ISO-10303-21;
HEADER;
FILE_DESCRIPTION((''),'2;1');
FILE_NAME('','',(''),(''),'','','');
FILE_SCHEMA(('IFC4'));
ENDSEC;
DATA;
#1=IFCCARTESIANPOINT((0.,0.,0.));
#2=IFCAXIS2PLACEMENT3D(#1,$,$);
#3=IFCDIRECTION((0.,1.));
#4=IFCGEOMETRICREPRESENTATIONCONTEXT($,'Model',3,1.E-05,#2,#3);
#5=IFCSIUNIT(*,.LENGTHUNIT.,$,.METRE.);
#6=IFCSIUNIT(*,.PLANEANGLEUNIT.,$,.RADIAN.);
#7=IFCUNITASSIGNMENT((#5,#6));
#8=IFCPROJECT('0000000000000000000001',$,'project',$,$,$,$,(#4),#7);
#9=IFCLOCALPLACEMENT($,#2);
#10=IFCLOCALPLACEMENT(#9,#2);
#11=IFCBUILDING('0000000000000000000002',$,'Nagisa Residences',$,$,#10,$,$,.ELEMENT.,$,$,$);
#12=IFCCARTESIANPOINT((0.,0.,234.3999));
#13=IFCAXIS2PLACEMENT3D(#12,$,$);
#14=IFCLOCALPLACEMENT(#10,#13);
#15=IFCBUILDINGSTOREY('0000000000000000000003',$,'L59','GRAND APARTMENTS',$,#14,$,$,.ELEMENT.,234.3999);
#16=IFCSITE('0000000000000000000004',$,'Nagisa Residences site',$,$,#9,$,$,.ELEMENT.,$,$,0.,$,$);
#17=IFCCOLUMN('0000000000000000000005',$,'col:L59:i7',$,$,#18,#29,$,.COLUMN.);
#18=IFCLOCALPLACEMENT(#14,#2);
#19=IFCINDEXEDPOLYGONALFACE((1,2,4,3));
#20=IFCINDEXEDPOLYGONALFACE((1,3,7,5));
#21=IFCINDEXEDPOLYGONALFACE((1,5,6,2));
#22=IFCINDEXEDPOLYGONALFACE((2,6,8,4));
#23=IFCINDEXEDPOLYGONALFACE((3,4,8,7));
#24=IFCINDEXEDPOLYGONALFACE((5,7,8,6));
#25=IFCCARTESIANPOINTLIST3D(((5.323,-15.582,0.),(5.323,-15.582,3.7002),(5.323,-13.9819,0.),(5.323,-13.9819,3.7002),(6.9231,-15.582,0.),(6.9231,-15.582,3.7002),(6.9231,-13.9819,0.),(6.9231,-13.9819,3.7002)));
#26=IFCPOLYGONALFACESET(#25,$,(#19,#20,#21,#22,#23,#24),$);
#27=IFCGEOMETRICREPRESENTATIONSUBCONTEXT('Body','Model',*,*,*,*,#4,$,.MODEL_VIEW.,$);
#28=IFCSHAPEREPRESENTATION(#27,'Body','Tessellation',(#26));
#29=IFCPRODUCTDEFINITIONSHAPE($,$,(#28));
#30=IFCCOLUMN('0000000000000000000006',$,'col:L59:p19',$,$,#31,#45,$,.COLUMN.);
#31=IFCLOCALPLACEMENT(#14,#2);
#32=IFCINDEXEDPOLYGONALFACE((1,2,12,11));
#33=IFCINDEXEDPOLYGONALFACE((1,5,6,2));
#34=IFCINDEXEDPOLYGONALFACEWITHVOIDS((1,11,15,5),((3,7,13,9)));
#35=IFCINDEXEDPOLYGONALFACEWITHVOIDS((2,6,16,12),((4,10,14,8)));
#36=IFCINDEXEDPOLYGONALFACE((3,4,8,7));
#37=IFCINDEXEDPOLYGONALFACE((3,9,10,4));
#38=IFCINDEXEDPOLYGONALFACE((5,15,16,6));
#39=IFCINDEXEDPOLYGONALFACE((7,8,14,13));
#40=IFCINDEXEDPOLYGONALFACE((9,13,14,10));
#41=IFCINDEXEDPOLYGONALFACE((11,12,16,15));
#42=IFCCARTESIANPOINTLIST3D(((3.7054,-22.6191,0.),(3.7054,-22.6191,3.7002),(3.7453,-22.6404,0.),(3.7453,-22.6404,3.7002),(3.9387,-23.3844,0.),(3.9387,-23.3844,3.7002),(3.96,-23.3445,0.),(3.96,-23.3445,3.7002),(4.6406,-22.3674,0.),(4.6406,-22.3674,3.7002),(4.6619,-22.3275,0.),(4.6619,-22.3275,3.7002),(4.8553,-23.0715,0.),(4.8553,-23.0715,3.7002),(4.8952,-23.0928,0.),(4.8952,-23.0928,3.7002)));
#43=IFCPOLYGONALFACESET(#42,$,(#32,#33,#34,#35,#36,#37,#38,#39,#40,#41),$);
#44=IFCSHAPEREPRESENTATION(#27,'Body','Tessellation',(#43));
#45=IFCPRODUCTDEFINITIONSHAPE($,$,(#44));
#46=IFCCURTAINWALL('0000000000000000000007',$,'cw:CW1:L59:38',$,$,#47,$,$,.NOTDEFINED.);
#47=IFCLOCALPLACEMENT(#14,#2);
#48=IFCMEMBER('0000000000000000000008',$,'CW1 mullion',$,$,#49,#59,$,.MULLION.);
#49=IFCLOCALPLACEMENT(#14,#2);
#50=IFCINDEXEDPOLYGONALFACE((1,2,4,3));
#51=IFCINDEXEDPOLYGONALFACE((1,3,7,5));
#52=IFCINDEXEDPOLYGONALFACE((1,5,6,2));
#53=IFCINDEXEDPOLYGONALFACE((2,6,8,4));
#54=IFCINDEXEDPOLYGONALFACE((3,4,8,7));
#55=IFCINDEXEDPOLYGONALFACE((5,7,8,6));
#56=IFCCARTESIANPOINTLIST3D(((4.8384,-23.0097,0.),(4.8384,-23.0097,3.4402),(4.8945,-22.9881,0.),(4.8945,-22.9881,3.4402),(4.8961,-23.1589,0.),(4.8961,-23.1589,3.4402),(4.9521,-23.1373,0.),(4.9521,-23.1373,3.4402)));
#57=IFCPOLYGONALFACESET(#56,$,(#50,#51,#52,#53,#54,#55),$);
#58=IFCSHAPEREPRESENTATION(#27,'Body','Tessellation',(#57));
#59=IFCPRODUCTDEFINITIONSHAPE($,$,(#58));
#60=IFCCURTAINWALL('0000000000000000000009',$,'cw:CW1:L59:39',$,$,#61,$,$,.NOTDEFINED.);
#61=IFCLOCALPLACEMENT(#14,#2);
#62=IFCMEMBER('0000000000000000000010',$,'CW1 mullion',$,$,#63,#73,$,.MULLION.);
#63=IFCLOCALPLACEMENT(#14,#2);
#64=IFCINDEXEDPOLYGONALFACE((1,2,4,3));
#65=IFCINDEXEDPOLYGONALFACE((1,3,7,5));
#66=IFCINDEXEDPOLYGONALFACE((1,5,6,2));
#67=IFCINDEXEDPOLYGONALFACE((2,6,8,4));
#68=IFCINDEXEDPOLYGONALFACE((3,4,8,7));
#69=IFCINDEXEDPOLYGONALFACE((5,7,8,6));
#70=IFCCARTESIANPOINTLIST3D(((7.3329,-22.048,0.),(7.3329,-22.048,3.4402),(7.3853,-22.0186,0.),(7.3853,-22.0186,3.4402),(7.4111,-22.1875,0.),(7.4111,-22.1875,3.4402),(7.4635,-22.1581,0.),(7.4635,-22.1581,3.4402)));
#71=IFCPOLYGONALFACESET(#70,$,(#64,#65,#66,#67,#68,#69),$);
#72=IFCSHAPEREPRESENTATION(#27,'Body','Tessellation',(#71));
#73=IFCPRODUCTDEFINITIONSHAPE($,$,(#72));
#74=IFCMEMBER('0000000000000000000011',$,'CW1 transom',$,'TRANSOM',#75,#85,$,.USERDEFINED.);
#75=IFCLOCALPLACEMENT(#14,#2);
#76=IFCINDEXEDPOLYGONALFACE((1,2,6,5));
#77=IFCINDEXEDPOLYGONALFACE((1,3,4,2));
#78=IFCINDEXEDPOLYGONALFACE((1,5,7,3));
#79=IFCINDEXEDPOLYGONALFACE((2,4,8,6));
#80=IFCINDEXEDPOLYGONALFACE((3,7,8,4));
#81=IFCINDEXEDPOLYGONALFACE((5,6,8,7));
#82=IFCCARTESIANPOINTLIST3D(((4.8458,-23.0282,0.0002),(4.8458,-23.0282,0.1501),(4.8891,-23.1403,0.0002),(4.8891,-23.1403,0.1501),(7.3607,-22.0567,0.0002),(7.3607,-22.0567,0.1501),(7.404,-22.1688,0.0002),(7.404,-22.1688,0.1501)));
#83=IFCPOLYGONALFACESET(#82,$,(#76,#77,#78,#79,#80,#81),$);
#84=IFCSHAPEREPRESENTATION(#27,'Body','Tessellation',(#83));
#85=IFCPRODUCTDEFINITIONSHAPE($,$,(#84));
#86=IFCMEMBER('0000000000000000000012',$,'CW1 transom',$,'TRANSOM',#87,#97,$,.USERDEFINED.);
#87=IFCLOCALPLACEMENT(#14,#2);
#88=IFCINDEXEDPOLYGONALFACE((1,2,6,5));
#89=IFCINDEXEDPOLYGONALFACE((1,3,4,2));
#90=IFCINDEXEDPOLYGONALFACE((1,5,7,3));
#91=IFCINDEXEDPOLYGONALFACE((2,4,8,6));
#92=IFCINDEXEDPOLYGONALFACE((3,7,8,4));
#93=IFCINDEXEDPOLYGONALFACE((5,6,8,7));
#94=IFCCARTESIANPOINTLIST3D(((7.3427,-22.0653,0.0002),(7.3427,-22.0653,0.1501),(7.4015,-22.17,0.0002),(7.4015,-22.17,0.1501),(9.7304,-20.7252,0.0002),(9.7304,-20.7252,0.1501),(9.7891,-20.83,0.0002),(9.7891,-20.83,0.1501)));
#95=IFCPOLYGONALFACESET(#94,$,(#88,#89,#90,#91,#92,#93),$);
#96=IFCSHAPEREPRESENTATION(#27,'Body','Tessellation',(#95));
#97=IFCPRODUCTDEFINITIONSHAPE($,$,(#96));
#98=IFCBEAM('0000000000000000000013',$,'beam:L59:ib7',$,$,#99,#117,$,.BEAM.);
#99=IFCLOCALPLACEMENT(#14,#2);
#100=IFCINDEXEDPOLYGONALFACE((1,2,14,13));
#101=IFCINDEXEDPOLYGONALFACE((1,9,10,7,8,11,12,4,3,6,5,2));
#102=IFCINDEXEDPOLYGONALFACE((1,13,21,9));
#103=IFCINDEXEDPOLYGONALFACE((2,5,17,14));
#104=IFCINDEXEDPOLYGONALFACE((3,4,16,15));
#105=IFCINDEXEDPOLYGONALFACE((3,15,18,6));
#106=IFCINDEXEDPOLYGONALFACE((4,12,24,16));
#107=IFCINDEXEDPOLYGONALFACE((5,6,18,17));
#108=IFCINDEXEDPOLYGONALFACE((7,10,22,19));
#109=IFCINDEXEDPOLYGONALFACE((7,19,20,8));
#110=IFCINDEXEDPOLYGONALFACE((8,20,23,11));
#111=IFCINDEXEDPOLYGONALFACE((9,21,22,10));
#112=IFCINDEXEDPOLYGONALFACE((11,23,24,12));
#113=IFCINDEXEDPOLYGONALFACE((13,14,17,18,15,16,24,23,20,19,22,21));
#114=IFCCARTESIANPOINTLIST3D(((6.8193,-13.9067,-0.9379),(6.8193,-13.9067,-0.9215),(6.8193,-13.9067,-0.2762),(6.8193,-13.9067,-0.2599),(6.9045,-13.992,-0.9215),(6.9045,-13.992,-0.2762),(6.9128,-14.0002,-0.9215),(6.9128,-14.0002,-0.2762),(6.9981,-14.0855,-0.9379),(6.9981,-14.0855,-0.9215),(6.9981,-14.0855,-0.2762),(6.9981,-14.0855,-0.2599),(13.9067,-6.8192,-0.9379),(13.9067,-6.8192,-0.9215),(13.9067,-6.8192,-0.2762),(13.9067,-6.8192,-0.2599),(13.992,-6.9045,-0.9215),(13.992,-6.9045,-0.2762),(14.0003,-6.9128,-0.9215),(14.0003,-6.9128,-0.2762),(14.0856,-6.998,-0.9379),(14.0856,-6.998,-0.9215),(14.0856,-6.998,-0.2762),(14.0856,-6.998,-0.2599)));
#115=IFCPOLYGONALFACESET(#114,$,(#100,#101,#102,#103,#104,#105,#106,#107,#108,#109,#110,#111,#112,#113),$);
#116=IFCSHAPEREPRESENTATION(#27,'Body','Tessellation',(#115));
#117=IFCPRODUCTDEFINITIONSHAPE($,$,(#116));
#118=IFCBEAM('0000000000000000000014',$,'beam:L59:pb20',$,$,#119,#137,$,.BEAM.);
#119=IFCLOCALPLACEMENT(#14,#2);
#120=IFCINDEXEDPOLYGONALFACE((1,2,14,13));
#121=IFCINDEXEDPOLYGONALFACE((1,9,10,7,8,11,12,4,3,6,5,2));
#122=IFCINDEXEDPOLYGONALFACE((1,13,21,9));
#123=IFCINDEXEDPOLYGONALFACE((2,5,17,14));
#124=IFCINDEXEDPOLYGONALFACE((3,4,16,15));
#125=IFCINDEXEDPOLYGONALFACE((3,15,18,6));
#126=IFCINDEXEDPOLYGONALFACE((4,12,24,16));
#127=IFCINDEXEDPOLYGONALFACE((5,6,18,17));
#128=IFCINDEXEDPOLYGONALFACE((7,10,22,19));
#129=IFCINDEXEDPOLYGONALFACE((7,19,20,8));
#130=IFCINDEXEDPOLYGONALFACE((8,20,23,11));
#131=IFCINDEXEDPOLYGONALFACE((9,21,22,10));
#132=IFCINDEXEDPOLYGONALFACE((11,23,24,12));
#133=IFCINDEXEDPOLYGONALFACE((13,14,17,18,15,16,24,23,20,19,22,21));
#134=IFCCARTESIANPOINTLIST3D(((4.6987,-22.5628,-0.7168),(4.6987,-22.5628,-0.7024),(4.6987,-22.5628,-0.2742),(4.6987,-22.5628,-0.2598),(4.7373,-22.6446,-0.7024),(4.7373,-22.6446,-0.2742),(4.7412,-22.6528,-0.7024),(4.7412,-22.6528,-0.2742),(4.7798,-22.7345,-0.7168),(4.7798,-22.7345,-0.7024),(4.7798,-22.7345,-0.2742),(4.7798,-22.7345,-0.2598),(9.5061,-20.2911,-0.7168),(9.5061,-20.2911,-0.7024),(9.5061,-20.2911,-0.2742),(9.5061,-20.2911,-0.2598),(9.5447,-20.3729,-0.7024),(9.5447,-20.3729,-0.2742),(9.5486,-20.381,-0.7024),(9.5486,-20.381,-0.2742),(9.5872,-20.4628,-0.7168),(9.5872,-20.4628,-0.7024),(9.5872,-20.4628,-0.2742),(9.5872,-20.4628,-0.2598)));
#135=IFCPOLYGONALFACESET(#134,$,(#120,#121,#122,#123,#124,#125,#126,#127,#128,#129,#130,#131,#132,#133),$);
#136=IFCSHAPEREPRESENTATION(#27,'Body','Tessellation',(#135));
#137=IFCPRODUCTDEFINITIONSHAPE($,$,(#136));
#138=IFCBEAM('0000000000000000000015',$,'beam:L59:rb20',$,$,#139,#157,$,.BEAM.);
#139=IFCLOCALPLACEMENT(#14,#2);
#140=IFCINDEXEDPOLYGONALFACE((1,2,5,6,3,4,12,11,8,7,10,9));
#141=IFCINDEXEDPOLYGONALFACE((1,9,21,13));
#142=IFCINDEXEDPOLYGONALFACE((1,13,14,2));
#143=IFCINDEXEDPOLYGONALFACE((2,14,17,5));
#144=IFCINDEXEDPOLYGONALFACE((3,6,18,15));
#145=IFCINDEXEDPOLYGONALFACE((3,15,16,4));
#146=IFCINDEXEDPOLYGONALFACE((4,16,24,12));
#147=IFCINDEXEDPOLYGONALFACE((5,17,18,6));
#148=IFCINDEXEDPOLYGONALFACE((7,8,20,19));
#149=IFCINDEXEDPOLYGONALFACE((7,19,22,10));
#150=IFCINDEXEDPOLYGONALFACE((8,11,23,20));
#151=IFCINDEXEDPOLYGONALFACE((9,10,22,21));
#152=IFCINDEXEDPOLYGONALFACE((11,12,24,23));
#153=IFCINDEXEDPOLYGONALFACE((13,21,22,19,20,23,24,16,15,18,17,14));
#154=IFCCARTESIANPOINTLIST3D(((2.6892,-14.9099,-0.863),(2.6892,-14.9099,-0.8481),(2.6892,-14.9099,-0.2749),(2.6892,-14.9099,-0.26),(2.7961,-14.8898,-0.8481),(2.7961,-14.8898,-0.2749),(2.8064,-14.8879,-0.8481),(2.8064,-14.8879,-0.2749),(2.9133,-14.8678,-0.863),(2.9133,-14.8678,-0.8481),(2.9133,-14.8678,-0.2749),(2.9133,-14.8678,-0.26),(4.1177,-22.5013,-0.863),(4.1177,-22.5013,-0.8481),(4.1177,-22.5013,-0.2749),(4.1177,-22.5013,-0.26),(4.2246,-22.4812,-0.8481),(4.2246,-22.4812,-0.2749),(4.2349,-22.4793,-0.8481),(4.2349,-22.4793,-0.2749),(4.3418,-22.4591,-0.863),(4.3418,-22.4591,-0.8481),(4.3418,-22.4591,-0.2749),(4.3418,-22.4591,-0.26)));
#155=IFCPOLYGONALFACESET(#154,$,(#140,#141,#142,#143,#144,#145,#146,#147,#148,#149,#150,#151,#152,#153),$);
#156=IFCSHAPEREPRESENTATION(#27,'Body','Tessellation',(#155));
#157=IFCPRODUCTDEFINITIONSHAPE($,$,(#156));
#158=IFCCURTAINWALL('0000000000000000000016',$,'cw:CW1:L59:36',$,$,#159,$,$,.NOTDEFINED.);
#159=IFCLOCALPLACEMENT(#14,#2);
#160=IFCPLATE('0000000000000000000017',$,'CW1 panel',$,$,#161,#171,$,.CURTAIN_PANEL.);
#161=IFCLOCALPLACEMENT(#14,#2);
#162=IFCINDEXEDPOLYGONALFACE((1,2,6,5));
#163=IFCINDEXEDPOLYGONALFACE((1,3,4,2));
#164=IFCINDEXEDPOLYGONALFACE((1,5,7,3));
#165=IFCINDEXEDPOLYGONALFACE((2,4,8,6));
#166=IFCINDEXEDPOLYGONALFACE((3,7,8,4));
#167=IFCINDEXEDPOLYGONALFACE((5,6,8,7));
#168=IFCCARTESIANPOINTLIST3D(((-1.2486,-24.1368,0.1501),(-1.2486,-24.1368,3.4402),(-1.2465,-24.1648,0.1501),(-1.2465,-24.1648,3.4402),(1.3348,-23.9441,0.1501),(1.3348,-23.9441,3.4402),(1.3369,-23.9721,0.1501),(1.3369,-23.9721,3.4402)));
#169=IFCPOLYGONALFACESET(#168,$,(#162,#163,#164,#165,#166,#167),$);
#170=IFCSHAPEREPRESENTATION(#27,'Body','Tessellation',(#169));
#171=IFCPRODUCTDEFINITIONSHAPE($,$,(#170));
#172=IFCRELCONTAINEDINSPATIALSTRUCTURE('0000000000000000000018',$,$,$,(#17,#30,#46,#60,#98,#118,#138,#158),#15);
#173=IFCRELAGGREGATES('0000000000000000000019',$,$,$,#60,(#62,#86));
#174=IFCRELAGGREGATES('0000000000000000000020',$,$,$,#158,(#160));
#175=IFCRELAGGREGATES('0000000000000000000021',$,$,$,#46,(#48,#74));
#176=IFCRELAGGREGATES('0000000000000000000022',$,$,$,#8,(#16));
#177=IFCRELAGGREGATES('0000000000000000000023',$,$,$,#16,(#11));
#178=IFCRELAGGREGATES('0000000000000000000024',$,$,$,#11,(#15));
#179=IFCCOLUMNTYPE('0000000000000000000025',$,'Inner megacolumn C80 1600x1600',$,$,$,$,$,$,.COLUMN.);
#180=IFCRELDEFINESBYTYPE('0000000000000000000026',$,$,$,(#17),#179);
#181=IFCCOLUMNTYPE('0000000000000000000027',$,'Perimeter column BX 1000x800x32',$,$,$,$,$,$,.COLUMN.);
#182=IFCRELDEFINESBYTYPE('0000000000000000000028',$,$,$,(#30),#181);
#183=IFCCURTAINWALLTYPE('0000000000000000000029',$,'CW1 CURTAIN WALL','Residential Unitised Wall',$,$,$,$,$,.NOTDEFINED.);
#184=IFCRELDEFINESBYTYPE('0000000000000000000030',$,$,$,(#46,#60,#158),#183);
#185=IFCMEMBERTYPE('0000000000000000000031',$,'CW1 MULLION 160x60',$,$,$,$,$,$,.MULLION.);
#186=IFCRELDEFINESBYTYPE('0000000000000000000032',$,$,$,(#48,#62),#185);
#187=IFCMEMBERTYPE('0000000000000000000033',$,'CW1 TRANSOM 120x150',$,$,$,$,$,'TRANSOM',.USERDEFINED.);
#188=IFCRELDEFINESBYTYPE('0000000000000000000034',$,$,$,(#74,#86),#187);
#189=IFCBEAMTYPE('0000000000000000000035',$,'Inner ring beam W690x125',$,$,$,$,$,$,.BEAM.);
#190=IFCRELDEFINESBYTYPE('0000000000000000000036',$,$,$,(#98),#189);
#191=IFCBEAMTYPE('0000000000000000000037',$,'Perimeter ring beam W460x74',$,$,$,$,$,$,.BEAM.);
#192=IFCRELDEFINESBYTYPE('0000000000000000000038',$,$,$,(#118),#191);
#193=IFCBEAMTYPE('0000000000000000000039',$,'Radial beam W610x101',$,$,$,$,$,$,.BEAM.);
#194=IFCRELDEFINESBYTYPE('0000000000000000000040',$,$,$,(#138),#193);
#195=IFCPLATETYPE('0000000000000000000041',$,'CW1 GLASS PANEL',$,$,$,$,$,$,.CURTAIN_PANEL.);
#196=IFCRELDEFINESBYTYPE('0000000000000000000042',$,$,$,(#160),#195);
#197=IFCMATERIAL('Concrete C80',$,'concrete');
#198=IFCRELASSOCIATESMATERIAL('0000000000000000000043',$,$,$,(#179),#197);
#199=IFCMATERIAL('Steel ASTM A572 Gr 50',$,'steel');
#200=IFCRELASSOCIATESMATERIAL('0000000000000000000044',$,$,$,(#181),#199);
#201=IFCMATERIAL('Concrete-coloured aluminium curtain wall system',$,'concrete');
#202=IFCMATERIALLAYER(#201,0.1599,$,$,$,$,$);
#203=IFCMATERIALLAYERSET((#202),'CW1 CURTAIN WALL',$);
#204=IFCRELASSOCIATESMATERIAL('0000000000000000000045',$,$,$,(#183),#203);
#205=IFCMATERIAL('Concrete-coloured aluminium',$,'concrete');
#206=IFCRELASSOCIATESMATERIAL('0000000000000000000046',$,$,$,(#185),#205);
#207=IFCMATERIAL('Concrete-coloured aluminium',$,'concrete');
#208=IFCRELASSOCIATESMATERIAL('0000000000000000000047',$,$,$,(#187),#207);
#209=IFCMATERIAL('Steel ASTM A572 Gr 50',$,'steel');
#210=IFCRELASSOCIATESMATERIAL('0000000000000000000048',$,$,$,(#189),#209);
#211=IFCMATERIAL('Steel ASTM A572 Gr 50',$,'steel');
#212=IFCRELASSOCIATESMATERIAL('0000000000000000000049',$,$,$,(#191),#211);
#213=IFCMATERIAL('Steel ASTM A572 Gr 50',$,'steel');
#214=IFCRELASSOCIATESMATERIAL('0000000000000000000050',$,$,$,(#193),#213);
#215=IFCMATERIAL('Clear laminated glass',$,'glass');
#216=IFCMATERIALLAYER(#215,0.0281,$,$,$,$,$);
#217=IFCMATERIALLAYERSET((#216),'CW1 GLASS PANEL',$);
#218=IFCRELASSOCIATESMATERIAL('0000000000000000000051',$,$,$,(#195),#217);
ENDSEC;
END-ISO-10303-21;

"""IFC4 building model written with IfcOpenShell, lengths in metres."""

from ifc_helpers import new_model, si_unit, direction, frame, origin, origin_2d, place, context, subcontext, project, spatial, rectangle, hollow_rectangle, i_section, extrude, material, layer, layer_set, material_profile, profile_set, type_object, element, aggregate, save


model = new_model("IFC4")

# Units and contexts
model_context = context("Model", 3, precision=1e-05, world=origin(), true_north=direction((0.0, 1.0)))
body_context = subcontext(model_context, "Body", "Model", "MODEL_VIEW")
ifc_project = project(units=[si_unit("LENGTHUNIT", "METRE"), si_unit("PLANEANGLEUNIT", "RADIAN")], contexts=[model_context])

# Site, building, storey
site_placement = place(None, origin())
site = spatial("IfcSite", under=ifc_project, at=site_placement, Name="Nagisa Residences site", CompositionType="ELEMENT", RefElevation=0.0)
building_placement = place(site_placement, origin())
building = spatial("IfcBuilding", under=site, at=building_placement, Name="Nagisa Residences", CompositionType="ELEMENT")
storey_placement = place(building_placement, frame((0.0, 0.0, 234.3999)))
storey = spatial("IfcBuildingStorey", under=building, at=storey_placement, Name="L59", Description="GRAND APARTMENTS", CompositionType="ELEMENT", Elevation=234.3999)

# Columns
ifc_material_1 = material(Name="Concrete C80", Category="concrete")
ifc_material_profile_1 = material_profile(ifc_material_1, rectangle(XDim=1.6001, YDim=1.6001, at=origin_2d()), Name="C80 1600x1600")
ifc_profile_set_1 = profile_set([ifc_material_profile_1], Name="Concrete C80")
column_type_1 = type_object("IfcColumnType", Name="Inner megacolumn C80 1600x1600", PredefinedType="COLUMN", material=ifc_profile_set_1)
column_1_placement = place(storey_placement, frame((6.123, -14.782, 0.0), z_axis=(0.0, 0.0, 1.0), x_axis=(1.0, 0.0, 0.0)))
element("IfcColumn", 1, at=column_1_placement, inside=storey, type_object=column_type_1, Name="col:L59:i7", PredefinedType="COLUMN", context=body_context, shape_type="SweptSolid", body=[
    extrude(rectangle(XDim=1.6001, YDim=1.6001, at=origin_2d()), origin(), (0.0, 0.0, 1.0), 3.7002),
])
ifc_material_2 = material(Name="Steel ASTM A572 Gr 50", Category="steel")
ifc_material_profile_2 = material_profile(ifc_material_2, hollow_rectangle(XDim=1.0, YDim=0.8, WallThickness=0.032, at=origin_2d()), Name="BX 1000x800x32")
ifc_profile_set_2 = profile_set([ifc_material_profile_2], Name="Steel ASTM A572 Gr 50")
column_type_2 = type_object("IfcColumnType", Name="Perimeter column BX 1000x800x32", PredefinedType="COLUMN", material=ifc_profile_set_2)
column_2_placement = place(storey_placement, frame((4.3003, -22.856, 0.0), z_axis=(0.0, 0.0, 1.0), x_axis=(0.956525, 0.291652, 0.0)))
element("IfcColumn", 2, at=column_2_placement, inside=storey, type_object=column_type_2, Name="col:L59:p19", PredefinedType="COLUMN", context=body_context, shape_type="SweptSolid", body=[
    extrude(hollow_rectangle(XDim=1.0, YDim=0.8, WallThickness=0.032, at=origin_2d()), origin(), (0.0, 0.0, 1.0), 3.7002),
])

# Curtain walls, members
ifc_material_3 = material(Name="Concrete-coloured aluminium curtain wall system", Category="concrete")
ifc_layer_1 = layer(ifc_material_3, 0.1599)
ifc_layer_set_1 = layer_set([ifc_layer_1], Name="CW1 CURTAIN WALL")
curtain_wall_type = type_object("IfcCurtainWallType", Name="CW1 CURTAIN WALL", Description="Residential Unitised Wall", PredefinedType="NOTDEFINED", material=ifc_layer_set_1)
curtain_wall_1_placement = place(storey_placement, origin())
curtain_wall_1 = element("IfcCurtainWall", 3, at=curtain_wall_1_placement, inside=storey, type_object=curtain_wall_type, Name="cw:CW1:L59:38", PredefinedType="NOTDEFINED")
ifc_material_4 = material(Name="Concrete-coloured aluminium", Category="concrete")
ifc_material_profile_3 = material_profile(ifc_material_4, rectangle(XDim=0.1599, YDim=0.0601, at=origin_2d()), Name="CW1 MULLION 160x60")
ifc_profile_set_3 = profile_set([ifc_material_profile_3], Name="Concrete-coloured aluminium")
member_type_1 = type_object("IfcMemberType", Name="CW1 MULLION 160x60", PredefinedType="MULLION", material=ifc_profile_set_3)
member_1_placement = place(storey_placement, frame((4.8953, -23.0735, 0.0), z_axis=(0.0, 0.0, 1.0), x_axis=(-0.360328, 0.932826, 0.0)))
member_1 = element("IfcMember", 4, at=member_1_placement, type_object=member_type_1, Name="CW1 mullion", PredefinedType="MULLION", context=body_context, shape_type="SweptSolid", body=[
    extrude(rectangle(XDim=0.1599, YDim=0.0601, at=origin_2d()), origin(), (0.0, 0.0, 1.0), 3.4402),
])
curtain_wall_2_placement = place(storey_placement, origin())
curtain_wall_2 = element("IfcCurtainWall", 5, at=curtain_wall_2_placement, inside=storey, type_object=curtain_wall_type, Name="cw:CW1:L59:39", PredefinedType="NOTDEFINED")
member_2_placement = place(storey_placement, frame((7.3982, -22.103, 0.0), z_axis=(0.0, 0.0, 1.0), x_axis=(-0.489377, 0.872072, 0.0)))
member_2 = element("IfcMember", 6, at=member_2_placement, type_object=member_type_1, Name="CW1 mullion", PredefinedType="MULLION", context=body_context, shape_type="SweptSolid", body=[
    extrude(rectangle(XDim=0.1599, YDim=0.0601, at=origin_2d()), origin(), (0.0, 0.0, 1.0), 3.4402),
])

# Members
ifc_material_5 = material(Name="Concrete-coloured aluminium", Category="concrete")
ifc_material_profile_4 = material_profile(ifc_material_5, rectangle(XDim=0.1201, YDim=0.1499, at=origin_2d()), Name="CW1 TRANSOM 120x150")
ifc_profile_set_4 = profile_set([ifc_material_profile_4], Name="Concrete-coloured aluminium")
member_type_2 = type_object("IfcMemberType", Name="CW1 TRANSOM 120x150", ElementType="TRANSOM", PredefinedType="USERDEFINED", material=ifc_profile_set_4)
member_3_placement = place(storey_placement, frame((4.8674, -23.0842, 0.0752), z_axis=(0.932826, 0.360326, 0.0), x_axis=(-0.360326, 0.932826, 0.0)))
member_3 = element("IfcMember", 7, at=member_3_placement, type_object=member_type_2, Name="CW1 transom", ObjectType="TRANSOM", PredefinedType="USERDEFINED", context=body_context, shape_type="SweptSolid", body=[
    extrude(rectangle(XDim=0.1201, YDim=0.1499, at=origin_2d()), origin(), (0.0, 0.0, 1.0), 2.696),
])
member_4_placement = place(storey_placement, frame((7.3721, -22.1177, 0.0752), z_axis=(0.872042, 0.489431, 0.0), x_axis=(-0.489431, 0.872042, 0.0)))
member_4 = element("IfcMember", 8, at=member_4_placement, type_object=member_type_2, Name="CW1 transom", ObjectType="TRANSOM", PredefinedType="USERDEFINED", context=body_context, shape_type="SweptSolid", body=[
    extrude(rectangle(XDim=0.1201, YDim=0.1499, at=origin_2d()), origin(), (0.0, 0.0, 1.0), 2.738),
])
aggregate(curtain_wall_2, [member_2, member_4])

# Beams
ifc_material_6 = material(Name="Steel ASTM A572 Gr 50", Category="steel")
ifc_material_profile_5 = material_profile(ifc_material_6, i_section(OverallWidth=0.2529, OverallDepth=0.678, WebThickness=0.0117, FlangeThickness=0.0164, at=origin_2d()), Name="W690x125")
ifc_profile_set_5 = profile_set([ifc_material_profile_5], Name="Steel ASTM A572 Gr 50")
beam_type_1 = type_object("IfcBeamType", Name="Inner ring beam W690x125", PredefinedType="BEAM", material=ifc_profile_set_5)
beam_1_placement = place(storey_placement, frame((6.9087, -13.9961, -0.5989), z_axis=(0.707107, 0.707107, 0.0), x_axis=(-0.707107, 0.707107, 0.0)))
element("IfcBeam", 9, at=beam_1_placement, inside=storey, type_object=beam_type_1, Name="beam:L59:ib7", PredefinedType="BEAM", context=body_context, shape_type="SweptSolid", body=[
    extrude(i_section(OverallWidth=0.2529, OverallDepth=0.678, WebThickness=0.0117, FlangeThickness=0.0164, at=origin_2d()), origin(), (0.0, 0.0, 1.0), 10.0232),
])
ifc_material_7 = material(Name="Steel ASTM A572 Gr 50", Category="steel")
ifc_material_profile_6 = material_profile(ifc_material_7, i_section(OverallWidth=0.1899, OverallDepth=0.457, WebThickness=0.009, FlangeThickness=0.0144, at=origin_2d()), Name="W460x74")
ifc_profile_set_6 = profile_set([ifc_material_profile_6], Name="Steel ASTM A572 Gr 50")
beam_type_2 = type_object("IfcBeamType", Name="Perimeter ring beam W460x74", PredefinedType="BEAM", material=ifc_profile_set_6)
beam_2_placement = place(storey_placement, frame((4.7393, -22.6487, -0.4883), z_axis=(0.904134, 0.427249, 0.0), x_axis=(-0.427249, 0.904134, 0.0)))
element("IfcBeam", 10, at=beam_2_placement, inside=storey, type_object=beam_type_2, Name="beam:L59:pb20", PredefinedType="BEAM", context=body_context, shape_type="SweptSolid", body=[
    extrude(i_section(OverallWidth=0.1899, OverallDepth=0.457, WebThickness=0.009, FlangeThickness=0.0144, at=origin_2d()), origin(), (0.0, 0.0, 1.0), 5.3171),
])
ifc_material_8 = material(Name="Steel ASTM A572 Gr 50", Category="steel")
ifc_material_profile_7 = material_profile(ifc_material_8, i_section(OverallWidth=0.228, OverallDepth=0.603, WebThickness=0.0105, FlangeThickness=0.0149, at=origin_2d()), Name="W610x101")
ifc_profile_set_7 = profile_set([ifc_material_profile_7], Name="Steel ASTM A572 Gr 50")
beam_type_3 = type_object("IfcBeamType", Name="Radial beam W610x101", PredefinedType="BEAM", material=ifc_profile_set_7)
beam_3_placement = place(storey_placement, frame((4.2297, -22.4802, -0.5615), z_axis=(-0.184926, 0.982752, 0.0), x_axis=(-0.982752, -0.184926, 0.0)))
element("IfcBeam", 11, at=beam_3_placement, inside=storey, type_object=beam_type_3, Name="beam:L59:rb20", PredefinedType="BEAM", context=body_context, shape_type="SweptSolid", body=[
    extrude(i_section(OverallWidth=0.228, OverallDepth=0.603, WebThickness=0.0105, FlangeThickness=0.0149, at=origin_2d()), origin(), (0.0, 0.0, 1.0), 7.7246),
])

# Curtain wall, plate
curtain_wall_3_placement = place(storey_placement, origin())
curtain_wall_3 = element("IfcCurtainWall", 12, at=curtain_wall_3_placement, inside=storey, type_object=curtain_wall_type, Name="cw:CW1:L59:36", PredefinedType="NOTDEFINED")
ifc_material_9 = material(Name="Clear laminated glass", Category="glass")
ifc_layer_2 = layer(ifc_material_9, 0.0281)
ifc_layer_set_2 = layer_set([ifc_layer_2], Name="CW1 GLASS PANEL")
plate_type = type_object("IfcPlateType", Name="CW1 GLASS PANEL", PredefinedType="CURTAIN_PANEL", material=ifc_layer_set_2)
plate_1_placement = place(storey_placement, frame((0.0442, -24.0544, 0.1501), z_axis=(0.0, 0.0, 1.0), x_axis=(0.99723, 0.074377, 0.0)))
plate_1 = element("IfcPlate", 13, at=plate_1_placement, type_object=plate_type, Name="CW1 panel", PredefinedType="CURTAIN_PANEL", context=body_context, shape_type="SweptSolid", body=[
    extrude(rectangle(XDim=2.5906, YDim=0.0281, at=origin_2d()), origin(), (0.0, 0.0, 1.0), 3.29),
])
aggregate(curtain_wall_3, [plate_1])

aggregate(curtain_wall_1, [member_1, member_3])

save(model, "model.ifc")
